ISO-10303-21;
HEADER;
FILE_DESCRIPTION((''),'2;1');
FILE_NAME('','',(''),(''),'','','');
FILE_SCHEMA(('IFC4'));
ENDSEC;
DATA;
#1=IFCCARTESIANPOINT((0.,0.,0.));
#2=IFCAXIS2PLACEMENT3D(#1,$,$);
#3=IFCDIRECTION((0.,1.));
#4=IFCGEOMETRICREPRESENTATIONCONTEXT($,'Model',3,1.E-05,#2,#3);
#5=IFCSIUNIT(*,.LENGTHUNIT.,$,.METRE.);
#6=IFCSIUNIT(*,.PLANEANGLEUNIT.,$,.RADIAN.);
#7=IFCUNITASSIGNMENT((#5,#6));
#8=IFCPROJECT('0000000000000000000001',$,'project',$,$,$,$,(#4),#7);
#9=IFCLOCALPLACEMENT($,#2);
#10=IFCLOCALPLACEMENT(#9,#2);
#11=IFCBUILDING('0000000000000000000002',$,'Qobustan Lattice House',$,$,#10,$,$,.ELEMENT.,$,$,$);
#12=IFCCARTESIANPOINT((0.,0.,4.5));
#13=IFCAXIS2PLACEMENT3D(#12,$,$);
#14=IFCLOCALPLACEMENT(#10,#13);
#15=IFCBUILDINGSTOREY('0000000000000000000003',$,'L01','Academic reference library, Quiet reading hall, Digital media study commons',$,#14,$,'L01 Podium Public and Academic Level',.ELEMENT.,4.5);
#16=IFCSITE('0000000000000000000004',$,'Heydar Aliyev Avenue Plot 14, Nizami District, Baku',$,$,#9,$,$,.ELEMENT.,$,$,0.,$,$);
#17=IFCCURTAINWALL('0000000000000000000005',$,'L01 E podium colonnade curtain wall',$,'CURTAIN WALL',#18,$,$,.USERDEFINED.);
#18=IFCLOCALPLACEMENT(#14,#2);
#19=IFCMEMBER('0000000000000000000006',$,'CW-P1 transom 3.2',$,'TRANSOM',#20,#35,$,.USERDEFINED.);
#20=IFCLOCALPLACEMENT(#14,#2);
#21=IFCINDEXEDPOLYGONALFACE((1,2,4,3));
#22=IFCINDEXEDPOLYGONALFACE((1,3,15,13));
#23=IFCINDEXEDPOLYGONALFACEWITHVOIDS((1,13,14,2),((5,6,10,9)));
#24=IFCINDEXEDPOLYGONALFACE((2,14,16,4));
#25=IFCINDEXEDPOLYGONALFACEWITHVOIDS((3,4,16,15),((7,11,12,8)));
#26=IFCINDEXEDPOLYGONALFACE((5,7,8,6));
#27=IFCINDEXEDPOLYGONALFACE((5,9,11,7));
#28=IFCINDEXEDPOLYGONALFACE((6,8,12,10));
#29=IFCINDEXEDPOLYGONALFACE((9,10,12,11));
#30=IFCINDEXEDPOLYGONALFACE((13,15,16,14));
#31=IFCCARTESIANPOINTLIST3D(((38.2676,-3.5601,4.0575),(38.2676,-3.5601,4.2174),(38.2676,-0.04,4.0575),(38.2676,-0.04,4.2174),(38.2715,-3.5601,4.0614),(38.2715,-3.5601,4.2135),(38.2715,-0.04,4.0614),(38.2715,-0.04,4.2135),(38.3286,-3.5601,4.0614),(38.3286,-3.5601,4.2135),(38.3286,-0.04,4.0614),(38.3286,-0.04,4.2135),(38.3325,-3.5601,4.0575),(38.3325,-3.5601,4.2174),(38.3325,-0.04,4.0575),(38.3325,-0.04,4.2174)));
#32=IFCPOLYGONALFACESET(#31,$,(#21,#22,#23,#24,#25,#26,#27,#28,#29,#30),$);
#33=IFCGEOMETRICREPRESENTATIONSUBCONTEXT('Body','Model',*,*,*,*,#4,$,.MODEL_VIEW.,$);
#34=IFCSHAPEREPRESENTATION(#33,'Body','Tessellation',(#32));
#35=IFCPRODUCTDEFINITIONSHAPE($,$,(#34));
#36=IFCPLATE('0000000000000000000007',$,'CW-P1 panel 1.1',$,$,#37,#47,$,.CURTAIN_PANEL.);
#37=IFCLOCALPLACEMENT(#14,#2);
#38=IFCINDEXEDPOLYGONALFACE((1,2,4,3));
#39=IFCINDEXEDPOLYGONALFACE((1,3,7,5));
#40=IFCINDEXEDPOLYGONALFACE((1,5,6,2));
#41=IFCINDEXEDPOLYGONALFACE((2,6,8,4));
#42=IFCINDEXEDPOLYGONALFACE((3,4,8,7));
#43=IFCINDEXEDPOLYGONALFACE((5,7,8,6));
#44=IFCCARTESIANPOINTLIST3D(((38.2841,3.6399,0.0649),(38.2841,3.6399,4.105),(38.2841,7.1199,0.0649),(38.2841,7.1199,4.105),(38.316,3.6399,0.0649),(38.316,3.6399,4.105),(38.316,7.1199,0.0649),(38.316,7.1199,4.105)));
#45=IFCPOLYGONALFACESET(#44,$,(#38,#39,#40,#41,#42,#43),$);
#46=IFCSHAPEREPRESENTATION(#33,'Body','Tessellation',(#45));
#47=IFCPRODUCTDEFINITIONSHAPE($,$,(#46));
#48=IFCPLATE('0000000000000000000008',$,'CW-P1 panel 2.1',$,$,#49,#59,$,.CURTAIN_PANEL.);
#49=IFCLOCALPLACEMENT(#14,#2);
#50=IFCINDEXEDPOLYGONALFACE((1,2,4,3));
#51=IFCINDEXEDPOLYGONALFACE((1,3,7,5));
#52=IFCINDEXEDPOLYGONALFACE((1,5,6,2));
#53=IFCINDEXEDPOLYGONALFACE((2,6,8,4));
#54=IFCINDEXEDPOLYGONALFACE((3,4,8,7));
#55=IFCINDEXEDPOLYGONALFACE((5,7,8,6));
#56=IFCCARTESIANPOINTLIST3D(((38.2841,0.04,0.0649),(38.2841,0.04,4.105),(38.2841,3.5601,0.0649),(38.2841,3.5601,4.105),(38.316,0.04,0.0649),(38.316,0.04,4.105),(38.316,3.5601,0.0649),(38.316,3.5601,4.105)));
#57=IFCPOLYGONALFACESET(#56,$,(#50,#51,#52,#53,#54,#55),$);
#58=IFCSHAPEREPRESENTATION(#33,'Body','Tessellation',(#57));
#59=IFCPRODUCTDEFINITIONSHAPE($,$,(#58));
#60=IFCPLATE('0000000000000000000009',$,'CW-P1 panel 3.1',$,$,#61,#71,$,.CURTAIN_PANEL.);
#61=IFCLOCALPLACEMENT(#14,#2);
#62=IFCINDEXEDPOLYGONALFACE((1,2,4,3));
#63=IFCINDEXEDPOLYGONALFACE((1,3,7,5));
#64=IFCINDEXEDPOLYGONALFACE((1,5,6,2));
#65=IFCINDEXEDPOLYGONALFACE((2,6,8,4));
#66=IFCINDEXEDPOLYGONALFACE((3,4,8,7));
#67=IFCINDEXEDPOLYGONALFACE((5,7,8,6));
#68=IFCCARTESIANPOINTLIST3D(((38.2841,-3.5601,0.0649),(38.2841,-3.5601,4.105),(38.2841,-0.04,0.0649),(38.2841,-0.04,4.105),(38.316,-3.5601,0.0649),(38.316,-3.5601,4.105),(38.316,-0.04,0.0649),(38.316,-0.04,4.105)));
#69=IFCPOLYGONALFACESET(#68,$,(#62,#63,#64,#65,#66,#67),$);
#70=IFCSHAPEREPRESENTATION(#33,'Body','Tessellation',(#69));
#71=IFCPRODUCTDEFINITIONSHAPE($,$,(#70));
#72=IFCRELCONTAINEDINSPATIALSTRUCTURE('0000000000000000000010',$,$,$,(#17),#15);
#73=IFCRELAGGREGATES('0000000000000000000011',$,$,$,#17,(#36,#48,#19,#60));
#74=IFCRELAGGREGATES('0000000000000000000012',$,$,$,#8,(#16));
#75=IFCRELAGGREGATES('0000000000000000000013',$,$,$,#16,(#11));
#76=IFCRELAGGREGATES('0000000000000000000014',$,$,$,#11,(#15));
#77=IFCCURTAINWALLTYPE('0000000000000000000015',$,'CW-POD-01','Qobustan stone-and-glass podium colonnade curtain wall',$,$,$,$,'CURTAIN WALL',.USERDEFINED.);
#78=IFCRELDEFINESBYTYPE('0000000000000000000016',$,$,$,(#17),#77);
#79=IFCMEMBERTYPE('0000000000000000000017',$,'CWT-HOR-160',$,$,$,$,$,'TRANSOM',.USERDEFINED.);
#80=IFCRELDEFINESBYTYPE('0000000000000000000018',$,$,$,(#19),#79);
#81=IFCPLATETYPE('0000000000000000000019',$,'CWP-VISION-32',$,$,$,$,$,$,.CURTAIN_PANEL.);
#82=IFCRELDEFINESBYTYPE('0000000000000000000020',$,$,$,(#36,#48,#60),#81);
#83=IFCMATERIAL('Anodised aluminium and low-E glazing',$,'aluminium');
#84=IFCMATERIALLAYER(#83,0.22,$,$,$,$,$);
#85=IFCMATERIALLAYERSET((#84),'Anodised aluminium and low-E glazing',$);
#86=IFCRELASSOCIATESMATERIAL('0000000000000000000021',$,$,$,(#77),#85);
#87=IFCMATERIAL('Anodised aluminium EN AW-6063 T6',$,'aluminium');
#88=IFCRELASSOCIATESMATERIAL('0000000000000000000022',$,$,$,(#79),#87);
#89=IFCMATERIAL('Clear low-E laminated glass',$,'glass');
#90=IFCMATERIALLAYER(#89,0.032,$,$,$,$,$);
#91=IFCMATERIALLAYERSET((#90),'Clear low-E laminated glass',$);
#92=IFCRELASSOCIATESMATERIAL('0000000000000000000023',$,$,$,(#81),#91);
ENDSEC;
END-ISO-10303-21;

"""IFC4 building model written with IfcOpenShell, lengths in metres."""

from ifc_helpers import new_model, si_unit, direction, frame, origin, origin_2d, place, context, subcontext, project, spatial, rectangle, hollow_rectangle, extrude, material, layer, layer_set, material_profile, profile_set, type_object, element, aggregate, save


model = new_model("IFC4")

# Units and contexts
model_context = context("Model", 3, precision=1e-05, world=origin(), true_north=direction((0.0, 1.0)))
body_context = subcontext(model_context, "Body", "Model", "MODEL_VIEW")
ifc_project = project(units=[si_unit("LENGTHUNIT", "METRE"), si_unit("PLANEANGLEUNIT", "RADIAN")], contexts=[model_context])

# Site, building, storey
site_placement = place(None, origin())
site = spatial("IfcSite", under=ifc_project, at=site_placement, Name="Heydar Aliyev Avenue Plot 14, Nizami District, Baku", CompositionType="ELEMENT", RefElevation=0.0)
building_placement = place(site_placement, origin())
building = spatial("IfcBuilding", under=site, at=building_placement, Name="Qobustan Lattice House", CompositionType="ELEMENT")
storey_placement = place(building_placement, frame((0.0, 0.0, 4.5)))
storey = spatial("IfcBuildingStorey", under=building, at=storey_placement, Name="L01", Description="Academic reference library, Quiet reading hall, Digital media study commons", LongName="L01 Podium Public and Academic Level", CompositionType="ELEMENT", Elevation=4.5)

# Curtain wall, member, plates
ifc_material_1 = material(Name="Anodised aluminium and low-E glazing", Category="aluminium")
ifc_layer_1 = layer(ifc_material_1, 0.22)
ifc_layer_set_1 = layer_set([ifc_layer_1], Name="Anodised aluminium and low-E glazing")
curtain_wall_type = type_object("IfcCurtainWallType", Name="CW-POD-01", Description="Qobustan stone-and-glass podium colonnade curtain wall", ElementType="CURTAIN WALL", PredefinedType="USERDEFINED", material=ifc_layer_set_1)
curtain_wall_placement = place(storey_placement, origin())
curtain_wall = element("IfcCurtainWall", 1, at=curtain_wall_placement, inside=storey, type_object=curtain_wall_type, Name="L01 E podium colonnade curtain wall", ObjectType="CURTAIN WALL", PredefinedType="USERDEFINED")
ifc_material_2 = material(Name="Anodised aluminium EN AW-6063 T6", Category="aluminium")
ifc_material_profile_1 = material_profile(ifc_material_2, hollow_rectangle(XDim=0.0649, YDim=0.1599, WallThickness=0.0039, at=origin_2d()), Name="CWT-160x65")
ifc_profile_set_1 = profile_set([ifc_material_profile_1], Name="Anodised aluminium EN AW-6063 T6")
member_type_1 = type_object("IfcMemberType", Name="CWT-HOR-160", ElementType="TRANSOM", PredefinedType="USERDEFINED", material=ifc_profile_set_1)
member_1_placement = place(storey_placement, frame((38.3, -0.04, 4.1375), z_axis=(0.0, -1.0, 0.0), x_axis=(1.0, 0.0, 0.0)))
member_1 = element("IfcMember", 2, at=member_1_placement, type_object=member_type_1, Name="CW-P1 transom 3.2", ObjectType="TRANSOM", PredefinedType="USERDEFINED", context=body_context, shape_type="SweptSolid", body=[
    extrude(hollow_rectangle(XDim=0.0649, YDim=0.1599, WallThickness=0.0039, at=origin_2d()), origin(), (0.0, 0.0, 1.0), 3.52),
])
ifc_material_3 = material(Name="Clear low-E laminated glass", Category="glass")
ifc_layer_2 = layer(ifc_material_3, 0.032)
ifc_layer_set_2 = layer_set([ifc_layer_2], Name="Clear low-E laminated glass")
plate_type = type_object("IfcPlateType", Name="CWP-VISION-32", PredefinedType="CURTAIN_PANEL", material=ifc_layer_set_2)
plate_1_placement = place(storey_placement, frame((38.3, 5.3799, 0.0649), z_axis=(0.0, 0.0, 1.0), x_axis=(0.0, -1.0, 0.0)))
plate_1 = element("IfcPlate", 3, at=plate_1_placement, type_object=plate_type, Name="CW-P1 panel 1.1", PredefinedType="CURTAIN_PANEL", context=body_context, shape_type="SweptSolid", body=[
    extrude(rectangle(XDim=3.48, YDim=0.032, at=origin_2d()), origin(), (0.0, 0.0, 1.0), 4.04),
])
plate_2_placement = place(storey_placement, frame((38.3, 1.8, 0.0649), z_axis=(0.0, 0.0, 1.0), x_axis=(0.0, -1.0, 0.0)))
plate_2 = element("IfcPlate", 4, at=plate_2_placement, type_object=plate_type, Name="CW-P1 panel 2.1", PredefinedType="CURTAIN_PANEL", context=body_context, shape_type="SweptSolid", body=[
    extrude(rectangle(XDim=3.52, YDim=0.032, at=origin_2d()), origin(), (0.0, 0.0, 1.0), 4.04),
])
plate_3_placement = place(storey_placement, frame((38.3, -1.8, 0.0649), z_axis=(0.0, 0.0, 1.0), x_axis=(0.0, -1.0, 0.0)))
plate_3 = element("IfcPlate", 5, at=plate_3_placement, type_object=plate_type, Name="CW-P1 panel 3.1", PredefinedType="CURTAIN_PANEL", context=body_context, shape_type="SweptSolid", body=[
    extrude(rectangle(XDim=3.52, YDim=0.032, at=origin_2d()), origin(), (0.0, 0.0, 1.0), 4.04),
])
aggregate(curtain_wall, [plate_1, plate_2, member_1, plate_3])

save(model, "model.ifc")
